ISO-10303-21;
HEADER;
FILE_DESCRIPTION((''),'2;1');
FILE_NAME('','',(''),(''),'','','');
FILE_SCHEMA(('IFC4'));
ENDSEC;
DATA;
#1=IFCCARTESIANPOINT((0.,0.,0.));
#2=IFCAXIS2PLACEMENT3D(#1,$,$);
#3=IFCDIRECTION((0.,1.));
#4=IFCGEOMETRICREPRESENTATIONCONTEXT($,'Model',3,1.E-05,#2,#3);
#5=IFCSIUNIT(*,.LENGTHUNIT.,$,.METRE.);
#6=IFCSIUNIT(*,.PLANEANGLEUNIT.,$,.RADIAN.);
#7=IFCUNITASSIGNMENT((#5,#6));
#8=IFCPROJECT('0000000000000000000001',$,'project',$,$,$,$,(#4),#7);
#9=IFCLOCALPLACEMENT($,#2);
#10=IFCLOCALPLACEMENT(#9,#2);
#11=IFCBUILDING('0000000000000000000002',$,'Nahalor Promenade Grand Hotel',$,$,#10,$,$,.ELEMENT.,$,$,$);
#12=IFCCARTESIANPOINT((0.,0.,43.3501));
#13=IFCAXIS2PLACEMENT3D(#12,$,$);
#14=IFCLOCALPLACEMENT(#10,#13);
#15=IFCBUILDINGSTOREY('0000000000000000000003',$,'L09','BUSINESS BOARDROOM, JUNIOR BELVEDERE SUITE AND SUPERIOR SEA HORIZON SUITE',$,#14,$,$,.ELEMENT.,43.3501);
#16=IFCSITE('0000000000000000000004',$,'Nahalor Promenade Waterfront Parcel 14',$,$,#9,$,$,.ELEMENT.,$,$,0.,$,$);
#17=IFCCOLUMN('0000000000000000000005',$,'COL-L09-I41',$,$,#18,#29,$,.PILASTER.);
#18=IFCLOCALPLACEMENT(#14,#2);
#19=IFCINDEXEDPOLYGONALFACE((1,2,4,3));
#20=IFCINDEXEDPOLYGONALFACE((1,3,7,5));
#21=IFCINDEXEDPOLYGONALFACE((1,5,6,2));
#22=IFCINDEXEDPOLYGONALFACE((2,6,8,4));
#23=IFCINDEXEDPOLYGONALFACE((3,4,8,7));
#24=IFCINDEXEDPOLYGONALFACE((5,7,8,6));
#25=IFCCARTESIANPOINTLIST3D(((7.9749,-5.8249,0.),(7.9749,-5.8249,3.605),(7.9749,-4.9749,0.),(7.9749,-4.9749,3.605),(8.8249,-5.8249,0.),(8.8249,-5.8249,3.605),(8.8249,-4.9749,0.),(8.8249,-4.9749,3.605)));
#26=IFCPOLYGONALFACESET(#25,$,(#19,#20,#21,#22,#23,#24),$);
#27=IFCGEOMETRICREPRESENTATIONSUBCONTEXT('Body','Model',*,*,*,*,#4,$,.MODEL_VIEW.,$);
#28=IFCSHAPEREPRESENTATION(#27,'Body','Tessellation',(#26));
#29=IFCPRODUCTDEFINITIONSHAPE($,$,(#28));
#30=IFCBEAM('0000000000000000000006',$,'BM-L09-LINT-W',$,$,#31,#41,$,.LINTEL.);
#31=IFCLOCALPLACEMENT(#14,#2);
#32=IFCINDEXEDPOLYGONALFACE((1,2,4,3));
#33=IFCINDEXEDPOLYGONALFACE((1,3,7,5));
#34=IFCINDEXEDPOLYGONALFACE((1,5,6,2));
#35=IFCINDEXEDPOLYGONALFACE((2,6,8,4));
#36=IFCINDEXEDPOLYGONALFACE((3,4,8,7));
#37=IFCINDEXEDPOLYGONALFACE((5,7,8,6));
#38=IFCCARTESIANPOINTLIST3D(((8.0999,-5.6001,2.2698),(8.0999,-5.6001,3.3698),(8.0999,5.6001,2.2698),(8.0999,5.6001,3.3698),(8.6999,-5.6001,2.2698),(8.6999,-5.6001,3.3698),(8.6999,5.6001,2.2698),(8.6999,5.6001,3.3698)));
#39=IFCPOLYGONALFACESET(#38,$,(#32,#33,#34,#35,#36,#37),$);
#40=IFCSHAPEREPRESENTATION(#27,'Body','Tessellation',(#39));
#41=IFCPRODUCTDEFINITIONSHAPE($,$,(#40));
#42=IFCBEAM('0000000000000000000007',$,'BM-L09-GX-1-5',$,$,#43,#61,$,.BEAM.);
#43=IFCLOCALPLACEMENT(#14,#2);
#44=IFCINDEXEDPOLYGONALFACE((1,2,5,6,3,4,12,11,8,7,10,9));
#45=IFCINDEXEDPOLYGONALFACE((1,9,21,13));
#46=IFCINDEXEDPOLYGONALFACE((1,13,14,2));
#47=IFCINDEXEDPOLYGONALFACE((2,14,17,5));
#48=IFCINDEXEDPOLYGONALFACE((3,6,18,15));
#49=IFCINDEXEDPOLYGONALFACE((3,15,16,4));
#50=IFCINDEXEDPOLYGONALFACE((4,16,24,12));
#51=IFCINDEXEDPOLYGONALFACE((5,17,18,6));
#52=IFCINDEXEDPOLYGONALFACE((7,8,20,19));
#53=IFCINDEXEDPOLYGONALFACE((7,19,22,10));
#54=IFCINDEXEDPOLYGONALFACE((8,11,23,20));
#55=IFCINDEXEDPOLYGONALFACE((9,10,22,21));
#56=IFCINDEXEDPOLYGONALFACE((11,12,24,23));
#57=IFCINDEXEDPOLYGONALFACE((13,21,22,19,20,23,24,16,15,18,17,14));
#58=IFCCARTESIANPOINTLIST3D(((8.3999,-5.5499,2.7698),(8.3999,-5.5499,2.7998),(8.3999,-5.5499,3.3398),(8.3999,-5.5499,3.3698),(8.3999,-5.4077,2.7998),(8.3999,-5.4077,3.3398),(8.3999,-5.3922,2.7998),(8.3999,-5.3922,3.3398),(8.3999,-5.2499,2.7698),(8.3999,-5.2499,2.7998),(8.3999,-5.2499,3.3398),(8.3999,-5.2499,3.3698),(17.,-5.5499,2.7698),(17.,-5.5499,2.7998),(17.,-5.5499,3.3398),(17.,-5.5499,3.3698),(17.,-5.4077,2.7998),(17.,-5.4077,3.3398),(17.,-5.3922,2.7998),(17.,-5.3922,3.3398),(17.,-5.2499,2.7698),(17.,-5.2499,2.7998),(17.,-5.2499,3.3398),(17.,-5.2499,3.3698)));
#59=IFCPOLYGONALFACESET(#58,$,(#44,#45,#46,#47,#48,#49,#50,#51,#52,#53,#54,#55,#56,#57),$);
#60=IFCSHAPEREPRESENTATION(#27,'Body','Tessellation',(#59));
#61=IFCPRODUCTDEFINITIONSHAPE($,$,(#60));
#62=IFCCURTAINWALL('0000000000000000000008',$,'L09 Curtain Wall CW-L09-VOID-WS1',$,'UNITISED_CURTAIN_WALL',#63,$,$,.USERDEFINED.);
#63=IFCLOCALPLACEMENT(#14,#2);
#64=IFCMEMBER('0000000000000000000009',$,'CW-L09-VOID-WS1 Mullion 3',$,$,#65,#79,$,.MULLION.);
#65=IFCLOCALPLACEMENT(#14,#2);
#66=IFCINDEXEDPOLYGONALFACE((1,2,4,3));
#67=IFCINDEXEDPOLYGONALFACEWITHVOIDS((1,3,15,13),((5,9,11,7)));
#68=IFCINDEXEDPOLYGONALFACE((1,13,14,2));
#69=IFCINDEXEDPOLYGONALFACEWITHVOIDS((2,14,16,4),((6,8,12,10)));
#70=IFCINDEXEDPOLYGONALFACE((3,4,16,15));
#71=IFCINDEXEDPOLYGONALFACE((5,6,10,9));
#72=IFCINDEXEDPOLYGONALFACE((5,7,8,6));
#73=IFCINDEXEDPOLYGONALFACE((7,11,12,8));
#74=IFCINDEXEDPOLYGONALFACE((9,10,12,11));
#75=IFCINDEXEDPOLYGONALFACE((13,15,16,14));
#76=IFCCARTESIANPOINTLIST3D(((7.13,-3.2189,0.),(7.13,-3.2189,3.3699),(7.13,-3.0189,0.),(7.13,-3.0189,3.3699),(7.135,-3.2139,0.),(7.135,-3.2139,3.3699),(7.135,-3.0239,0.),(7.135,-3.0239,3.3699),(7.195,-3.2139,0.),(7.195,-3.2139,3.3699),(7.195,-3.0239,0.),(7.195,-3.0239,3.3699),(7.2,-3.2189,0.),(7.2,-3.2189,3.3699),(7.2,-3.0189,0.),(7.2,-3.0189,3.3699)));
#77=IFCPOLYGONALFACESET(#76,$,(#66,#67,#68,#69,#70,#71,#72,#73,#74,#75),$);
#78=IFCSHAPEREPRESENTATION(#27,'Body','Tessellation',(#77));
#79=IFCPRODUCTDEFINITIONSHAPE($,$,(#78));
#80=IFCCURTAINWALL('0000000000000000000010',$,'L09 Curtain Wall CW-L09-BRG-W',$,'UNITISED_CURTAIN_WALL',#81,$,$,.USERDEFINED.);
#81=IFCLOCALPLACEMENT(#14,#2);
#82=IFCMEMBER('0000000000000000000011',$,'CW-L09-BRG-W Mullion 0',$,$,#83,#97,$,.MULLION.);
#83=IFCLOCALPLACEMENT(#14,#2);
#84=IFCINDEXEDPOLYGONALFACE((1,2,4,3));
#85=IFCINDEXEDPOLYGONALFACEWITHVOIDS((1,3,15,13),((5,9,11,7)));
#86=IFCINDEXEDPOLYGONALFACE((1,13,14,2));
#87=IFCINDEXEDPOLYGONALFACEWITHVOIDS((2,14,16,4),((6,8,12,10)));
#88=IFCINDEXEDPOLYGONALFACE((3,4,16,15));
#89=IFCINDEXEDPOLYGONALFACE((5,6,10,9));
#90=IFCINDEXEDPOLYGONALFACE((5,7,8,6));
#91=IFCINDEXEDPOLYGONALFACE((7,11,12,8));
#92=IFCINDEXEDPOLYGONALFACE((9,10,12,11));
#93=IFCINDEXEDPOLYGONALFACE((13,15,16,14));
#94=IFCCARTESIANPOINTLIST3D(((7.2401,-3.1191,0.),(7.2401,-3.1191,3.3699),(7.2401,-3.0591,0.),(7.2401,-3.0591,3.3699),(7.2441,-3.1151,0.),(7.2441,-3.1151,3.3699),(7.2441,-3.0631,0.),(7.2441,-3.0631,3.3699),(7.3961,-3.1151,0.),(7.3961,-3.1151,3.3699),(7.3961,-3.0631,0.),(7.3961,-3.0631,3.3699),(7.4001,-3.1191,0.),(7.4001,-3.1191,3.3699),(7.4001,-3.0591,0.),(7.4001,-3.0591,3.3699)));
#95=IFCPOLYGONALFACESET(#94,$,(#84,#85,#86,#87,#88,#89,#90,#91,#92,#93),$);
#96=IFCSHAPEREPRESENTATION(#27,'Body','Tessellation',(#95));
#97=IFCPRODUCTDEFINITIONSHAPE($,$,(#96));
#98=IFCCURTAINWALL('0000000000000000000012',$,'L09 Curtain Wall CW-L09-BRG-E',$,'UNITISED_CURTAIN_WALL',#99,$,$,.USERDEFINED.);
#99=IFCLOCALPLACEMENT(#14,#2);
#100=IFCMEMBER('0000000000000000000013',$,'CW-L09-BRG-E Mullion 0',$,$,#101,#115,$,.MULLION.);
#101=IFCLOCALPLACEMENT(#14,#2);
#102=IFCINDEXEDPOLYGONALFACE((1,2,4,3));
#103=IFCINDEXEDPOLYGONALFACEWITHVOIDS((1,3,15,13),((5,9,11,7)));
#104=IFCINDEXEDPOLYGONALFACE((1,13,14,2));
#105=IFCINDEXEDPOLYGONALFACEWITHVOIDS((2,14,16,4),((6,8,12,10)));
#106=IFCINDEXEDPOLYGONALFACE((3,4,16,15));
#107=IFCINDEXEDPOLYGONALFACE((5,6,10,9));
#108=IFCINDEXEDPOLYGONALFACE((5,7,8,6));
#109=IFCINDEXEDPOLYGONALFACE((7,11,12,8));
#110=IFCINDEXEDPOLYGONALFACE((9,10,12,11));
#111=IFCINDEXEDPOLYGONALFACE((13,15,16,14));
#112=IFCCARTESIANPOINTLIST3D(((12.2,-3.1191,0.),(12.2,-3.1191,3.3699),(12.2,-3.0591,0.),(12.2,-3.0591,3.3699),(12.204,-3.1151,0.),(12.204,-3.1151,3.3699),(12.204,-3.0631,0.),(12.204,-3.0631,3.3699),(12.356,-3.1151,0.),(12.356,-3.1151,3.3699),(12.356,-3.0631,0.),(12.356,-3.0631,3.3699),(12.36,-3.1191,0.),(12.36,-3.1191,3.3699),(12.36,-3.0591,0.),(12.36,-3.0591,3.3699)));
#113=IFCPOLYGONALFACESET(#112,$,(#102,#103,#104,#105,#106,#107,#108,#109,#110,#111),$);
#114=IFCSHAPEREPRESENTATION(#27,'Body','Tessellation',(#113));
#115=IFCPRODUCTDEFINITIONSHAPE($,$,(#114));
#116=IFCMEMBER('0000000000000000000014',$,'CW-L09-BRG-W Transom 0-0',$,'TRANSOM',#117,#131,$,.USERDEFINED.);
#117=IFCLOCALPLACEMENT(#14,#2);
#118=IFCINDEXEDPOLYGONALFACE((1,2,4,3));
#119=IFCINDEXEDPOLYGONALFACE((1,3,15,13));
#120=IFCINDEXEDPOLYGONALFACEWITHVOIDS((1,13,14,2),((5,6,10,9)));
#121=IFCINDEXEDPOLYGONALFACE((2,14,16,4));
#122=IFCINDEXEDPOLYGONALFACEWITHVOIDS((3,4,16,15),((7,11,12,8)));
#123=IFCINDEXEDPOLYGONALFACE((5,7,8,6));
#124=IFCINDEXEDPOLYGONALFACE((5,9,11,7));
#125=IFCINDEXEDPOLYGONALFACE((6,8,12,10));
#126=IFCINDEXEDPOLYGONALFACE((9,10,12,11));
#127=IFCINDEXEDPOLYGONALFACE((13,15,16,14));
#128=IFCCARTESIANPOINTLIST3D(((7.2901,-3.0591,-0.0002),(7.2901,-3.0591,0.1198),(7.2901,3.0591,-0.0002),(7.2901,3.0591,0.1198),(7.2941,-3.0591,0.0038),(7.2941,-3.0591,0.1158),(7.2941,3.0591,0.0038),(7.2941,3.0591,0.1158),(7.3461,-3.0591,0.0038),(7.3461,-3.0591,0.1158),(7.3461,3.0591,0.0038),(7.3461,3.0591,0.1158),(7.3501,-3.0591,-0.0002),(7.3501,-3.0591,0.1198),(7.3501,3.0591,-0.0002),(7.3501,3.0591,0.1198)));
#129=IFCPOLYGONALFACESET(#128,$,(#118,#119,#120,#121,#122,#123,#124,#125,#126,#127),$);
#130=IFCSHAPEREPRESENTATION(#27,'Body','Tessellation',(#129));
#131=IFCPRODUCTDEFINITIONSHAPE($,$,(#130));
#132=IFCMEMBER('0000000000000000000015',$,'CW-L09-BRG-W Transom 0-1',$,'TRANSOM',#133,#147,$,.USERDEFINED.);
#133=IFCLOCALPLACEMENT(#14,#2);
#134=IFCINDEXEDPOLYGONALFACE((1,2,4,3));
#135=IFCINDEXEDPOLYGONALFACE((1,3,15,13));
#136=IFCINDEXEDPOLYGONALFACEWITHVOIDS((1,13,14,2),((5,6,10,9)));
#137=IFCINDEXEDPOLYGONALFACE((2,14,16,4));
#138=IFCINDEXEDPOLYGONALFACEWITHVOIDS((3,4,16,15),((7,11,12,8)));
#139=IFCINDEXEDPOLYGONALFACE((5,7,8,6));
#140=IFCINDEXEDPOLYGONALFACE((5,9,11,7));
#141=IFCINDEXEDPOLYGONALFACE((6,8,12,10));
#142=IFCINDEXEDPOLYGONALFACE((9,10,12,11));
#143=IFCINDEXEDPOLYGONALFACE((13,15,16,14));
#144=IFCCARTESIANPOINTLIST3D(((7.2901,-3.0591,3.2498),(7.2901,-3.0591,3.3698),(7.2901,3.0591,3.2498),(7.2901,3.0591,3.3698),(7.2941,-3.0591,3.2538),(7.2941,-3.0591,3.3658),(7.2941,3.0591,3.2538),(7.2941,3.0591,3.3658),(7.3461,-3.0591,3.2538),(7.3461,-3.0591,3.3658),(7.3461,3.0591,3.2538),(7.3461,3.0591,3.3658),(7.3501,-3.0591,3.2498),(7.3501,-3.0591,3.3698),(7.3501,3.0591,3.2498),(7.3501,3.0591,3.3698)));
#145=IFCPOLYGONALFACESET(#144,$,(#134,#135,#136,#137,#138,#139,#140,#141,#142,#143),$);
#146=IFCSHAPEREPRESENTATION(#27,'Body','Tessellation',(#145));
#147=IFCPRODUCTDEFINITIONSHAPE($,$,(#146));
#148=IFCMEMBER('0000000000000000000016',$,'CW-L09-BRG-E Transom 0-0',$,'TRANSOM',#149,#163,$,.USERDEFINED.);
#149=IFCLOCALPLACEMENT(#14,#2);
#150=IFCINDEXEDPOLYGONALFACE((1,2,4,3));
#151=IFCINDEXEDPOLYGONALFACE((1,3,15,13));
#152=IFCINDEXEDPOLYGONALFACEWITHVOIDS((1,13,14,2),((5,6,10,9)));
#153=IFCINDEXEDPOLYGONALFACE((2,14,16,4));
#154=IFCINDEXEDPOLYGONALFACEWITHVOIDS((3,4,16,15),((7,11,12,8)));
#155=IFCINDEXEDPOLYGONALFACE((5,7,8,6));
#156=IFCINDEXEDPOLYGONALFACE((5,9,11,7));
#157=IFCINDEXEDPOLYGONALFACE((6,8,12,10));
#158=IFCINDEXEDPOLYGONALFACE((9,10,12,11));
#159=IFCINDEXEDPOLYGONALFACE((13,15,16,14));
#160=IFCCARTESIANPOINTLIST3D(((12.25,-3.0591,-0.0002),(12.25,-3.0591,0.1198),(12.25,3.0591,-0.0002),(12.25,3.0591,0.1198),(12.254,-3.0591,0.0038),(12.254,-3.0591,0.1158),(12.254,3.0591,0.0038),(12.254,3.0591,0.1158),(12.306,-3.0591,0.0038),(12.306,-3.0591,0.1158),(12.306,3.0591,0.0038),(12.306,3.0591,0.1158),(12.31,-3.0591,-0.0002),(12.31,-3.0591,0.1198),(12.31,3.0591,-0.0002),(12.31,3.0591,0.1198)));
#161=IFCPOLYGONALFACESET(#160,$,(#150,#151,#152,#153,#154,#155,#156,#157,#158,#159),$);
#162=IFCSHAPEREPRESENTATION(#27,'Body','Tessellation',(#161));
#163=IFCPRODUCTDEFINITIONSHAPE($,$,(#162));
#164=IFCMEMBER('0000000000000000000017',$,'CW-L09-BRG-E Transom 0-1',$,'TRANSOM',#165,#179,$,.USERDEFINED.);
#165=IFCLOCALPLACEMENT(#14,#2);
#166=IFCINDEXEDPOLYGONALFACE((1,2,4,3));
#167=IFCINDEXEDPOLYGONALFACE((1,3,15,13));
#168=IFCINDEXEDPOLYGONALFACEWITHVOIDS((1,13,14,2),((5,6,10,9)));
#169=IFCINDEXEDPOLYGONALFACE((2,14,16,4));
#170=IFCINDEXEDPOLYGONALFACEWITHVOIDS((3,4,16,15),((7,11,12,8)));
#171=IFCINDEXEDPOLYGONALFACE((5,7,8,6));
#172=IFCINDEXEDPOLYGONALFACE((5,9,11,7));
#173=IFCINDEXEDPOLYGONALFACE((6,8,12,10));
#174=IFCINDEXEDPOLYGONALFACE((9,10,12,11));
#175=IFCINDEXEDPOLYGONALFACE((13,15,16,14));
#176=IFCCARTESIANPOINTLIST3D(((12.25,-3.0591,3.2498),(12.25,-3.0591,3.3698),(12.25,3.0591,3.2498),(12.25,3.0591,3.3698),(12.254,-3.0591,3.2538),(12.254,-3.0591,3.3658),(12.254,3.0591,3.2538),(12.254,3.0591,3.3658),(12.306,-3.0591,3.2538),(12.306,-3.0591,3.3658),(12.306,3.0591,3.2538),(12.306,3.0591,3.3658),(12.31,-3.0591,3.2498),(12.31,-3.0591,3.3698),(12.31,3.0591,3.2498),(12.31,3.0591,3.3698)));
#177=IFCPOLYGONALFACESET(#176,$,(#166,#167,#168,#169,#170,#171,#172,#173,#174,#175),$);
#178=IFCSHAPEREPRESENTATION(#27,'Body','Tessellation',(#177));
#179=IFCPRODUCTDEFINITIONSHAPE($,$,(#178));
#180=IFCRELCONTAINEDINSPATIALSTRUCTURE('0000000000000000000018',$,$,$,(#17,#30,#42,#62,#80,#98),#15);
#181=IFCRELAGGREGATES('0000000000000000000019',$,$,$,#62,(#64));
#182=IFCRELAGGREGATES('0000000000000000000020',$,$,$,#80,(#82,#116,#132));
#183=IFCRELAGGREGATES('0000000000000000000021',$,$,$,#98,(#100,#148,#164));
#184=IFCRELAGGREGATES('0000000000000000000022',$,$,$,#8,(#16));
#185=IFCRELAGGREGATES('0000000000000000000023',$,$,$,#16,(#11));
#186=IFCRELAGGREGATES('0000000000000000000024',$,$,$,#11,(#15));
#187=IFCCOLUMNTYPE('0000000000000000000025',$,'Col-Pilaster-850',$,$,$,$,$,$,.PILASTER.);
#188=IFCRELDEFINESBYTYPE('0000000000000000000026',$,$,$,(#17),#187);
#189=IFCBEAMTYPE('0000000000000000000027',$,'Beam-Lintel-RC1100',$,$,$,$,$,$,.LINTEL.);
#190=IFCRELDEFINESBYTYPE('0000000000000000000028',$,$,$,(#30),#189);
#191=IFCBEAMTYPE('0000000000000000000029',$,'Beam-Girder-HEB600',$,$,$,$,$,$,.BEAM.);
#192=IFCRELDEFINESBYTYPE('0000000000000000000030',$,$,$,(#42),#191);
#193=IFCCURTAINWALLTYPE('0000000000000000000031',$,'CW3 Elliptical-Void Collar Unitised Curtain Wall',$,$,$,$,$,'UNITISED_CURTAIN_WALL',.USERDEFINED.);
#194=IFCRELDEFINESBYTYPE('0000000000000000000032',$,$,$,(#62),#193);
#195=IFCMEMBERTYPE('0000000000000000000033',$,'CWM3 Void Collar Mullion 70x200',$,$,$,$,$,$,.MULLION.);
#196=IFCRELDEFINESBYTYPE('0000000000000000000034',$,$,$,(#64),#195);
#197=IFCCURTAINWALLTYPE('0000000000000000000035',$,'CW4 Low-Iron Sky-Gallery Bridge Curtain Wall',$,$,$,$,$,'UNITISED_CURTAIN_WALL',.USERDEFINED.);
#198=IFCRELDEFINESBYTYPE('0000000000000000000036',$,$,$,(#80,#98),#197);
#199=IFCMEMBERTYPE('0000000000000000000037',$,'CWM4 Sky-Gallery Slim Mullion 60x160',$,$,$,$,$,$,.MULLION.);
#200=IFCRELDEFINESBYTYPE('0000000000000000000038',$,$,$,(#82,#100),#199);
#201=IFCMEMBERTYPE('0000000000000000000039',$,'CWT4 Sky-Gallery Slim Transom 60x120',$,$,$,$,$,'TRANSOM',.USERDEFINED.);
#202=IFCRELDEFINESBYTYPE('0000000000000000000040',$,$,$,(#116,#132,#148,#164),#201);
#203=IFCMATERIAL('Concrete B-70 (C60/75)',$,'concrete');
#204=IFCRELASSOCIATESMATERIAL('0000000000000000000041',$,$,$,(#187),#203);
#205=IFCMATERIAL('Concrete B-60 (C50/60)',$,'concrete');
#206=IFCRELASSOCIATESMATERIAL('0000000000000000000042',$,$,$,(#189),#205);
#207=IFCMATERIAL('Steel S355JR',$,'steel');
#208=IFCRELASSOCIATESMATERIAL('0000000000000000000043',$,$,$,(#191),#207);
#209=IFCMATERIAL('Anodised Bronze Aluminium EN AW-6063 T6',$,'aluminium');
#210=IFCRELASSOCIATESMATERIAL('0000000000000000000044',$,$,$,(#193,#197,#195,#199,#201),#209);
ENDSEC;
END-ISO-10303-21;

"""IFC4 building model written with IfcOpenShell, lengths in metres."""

from ifc_helpers import new_model, si_unit, direction, frame, origin, origin_2d, place, context, subcontext, project, spatial, rectangle, hollow_rectangle, i_section, extrude, source, transform, mapped, material, material_profile, profile_set, type_object, element, aggregate, save


model = new_model("IFC4")

# Units and contexts
model_context = context("Model", 3, precision=1e-05, world=origin(), true_north=direction((0.0, 1.0)))
body_context = subcontext(model_context, "Body", "Model", "MODEL_VIEW")
ifc_project = project(units=[si_unit("LENGTHUNIT", "METRE"), si_unit("PLANEANGLEUNIT", "RADIAN")], contexts=[model_context])

# Site, building, storey
site_placement = place(None, origin())
site = spatial("IfcSite", under=ifc_project, at=site_placement, Name="Nahalor Promenade Waterfront Parcel 14", CompositionType="ELEMENT", RefElevation=0.0)
building_placement = place(site_placement, origin())
building = spatial("IfcBuilding", under=site, at=building_placement, Name="Nahalor Promenade Grand Hotel", CompositionType="ELEMENT")
storey_placement = place(building_placement, frame((0.0, 0.0, 43.3501)))
storey = spatial("IfcBuildingStorey", under=building, at=storey_placement, Name="L09", Description="BUSINESS BOARDROOM, JUNIOR BELVEDERE SUITE AND SUPERIOR SEA HORIZON SUITE", CompositionType="ELEMENT", Elevation=43.3501)

# Column
ifc_material_1 = material(Name="Concrete B-70 (C60/75)", Category="concrete")
ifc_material_profile_1 = material_profile(ifc_material_1, rectangle(XDim=0.85, YDim=0.85, at=origin_2d()), Name="RC 850x850")
ifc_profile_set_1 = profile_set([ifc_material_profile_1], Name="Concrete B-70 (C60/75)")
column_type = type_object("IfcColumnType", Name="Col-Pilaster-850", PredefinedType="PILASTER", material=ifc_profile_set_1)
shared_shape_1 = source(origin(), body_context, "Body", "SweptSolid", [
    extrude(rectangle(XDim=0.85, YDim=0.85, at=origin_2d()), origin(), (0.0, 0.0, 1.0), 3.605),
])
column_placement = place(storey_placement, frame((8.3999, -5.3999, 0.0), z_axis=(0.0, 0.0, 1.0), x_axis=(1.0, 0.0, 0.0)))
element("IfcColumn", 1, at=column_placement, inside=storey, type_object=column_type, Name="COL-L09-I41", PredefinedType="PILASTER", context=body_context, shape_type="MappedRepresentation", body=[
    mapped(shared_shape_1, transform((0.0, 0.0, 0.0), scale=1.0)),
])

# Beams
ifc_material_2 = material(Name="Concrete B-60 (C50/60)", Category="concrete")
ifc_material_profile_2 = material_profile(ifc_material_2, rectangle(XDim=0.6, YDim=1.1, at=origin_2d()), Name="RC 600x1100")
ifc_profile_set_2 = profile_set([ifc_material_profile_2], Name="Concrete B-60 (C50/60)")
beam_type_1 = type_object("IfcBeamType", Name="Beam-Lintel-RC1100", PredefinedType="LINTEL", material=ifc_profile_set_2)
shared_shape_2 = source(origin(), body_context, "Body", "SweptSolid", [
    extrude(rectangle(XDim=0.6, YDim=1.1, at=origin_2d()), origin(), (0.0, 0.0, 1.0), 11.2002),
])
beam_1_placement = place(storey_placement, frame((8.3999, -5.6001, 2.8198), z_axis=(0.0, 1.0, 0.0), x_axis=(-1.0, 0.0, 0.0)))
element("IfcBeam", 2, at=beam_1_placement, inside=storey, type_object=beam_type_1, Name="BM-L09-LINT-W", PredefinedType="LINTEL", context=body_context, shape_type="MappedRepresentation", body=[
    mapped(shared_shape_2, transform((0.0, 0.0, 0.0), scale=1.0)),
])
ifc_material_3 = material(Name="Steel S355JR", Category="steel")
ifc_material_profile_3 = material_profile(ifc_material_3, i_section(OverallWidth=0.3, OverallDepth=0.6, WebThickness=0.0155, FlangeThickness=0.03, at=origin_2d()), Name="HEB 600")
ifc_profile_set_3 = profile_set([ifc_material_profile_3], Name="Steel S355JR")
beam_type_2 = type_object("IfcBeamType", Name="Beam-Girder-HEB600", PredefinedType="BEAM", material=ifc_profile_set_3)
shared_shape_3 = source(origin(), body_context, "Body", "SweptSolid", [
    extrude(i_section(OverallWidth=0.3, OverallDepth=0.6, WebThickness=0.0155, FlangeThickness=0.03, at=origin_2d()), origin(), (0.0, 0.0, 1.0), 8.6001),
])
beam_2_placement = place(storey_placement, frame((8.3999, -5.3999, 3.0698), z_axis=(1.0, 0.0, 0.0), x_axis=(0.0, 1.0, 0.0)))
element("IfcBeam", 3, at=beam_2_placement, inside=storey, type_object=beam_type_2, Name="BM-L09-GX-1-5", PredefinedType="BEAM", context=body_context, shape_type="MappedRepresentation", body=[
    mapped(shared_shape_3, transform((0.0, 0.0, 0.0), scale=1.0)),
])

# Curtain walls, members
ifc_material_4 = material(Name="Anodised Bronze Aluminium EN AW-6063 T6", Category="aluminium")
curtain_wall_type_1 = type_object("IfcCurtainWallType", Name="CW3 Elliptical-Void Collar Unitised Curtain Wall", ElementType="UNITISED_CURTAIN_WALL", PredefinedType="USERDEFINED", material=ifc_material_4)
curtain_wall_1_placement = place(storey_placement, origin())
curtain_wall_1 = element("IfcCurtainWall", 4, at=curtain_wall_1_placement, inside=storey, type_object=curtain_wall_type_1, Name="L09 Curtain Wall CW-L09-VOID-WS1", ObjectType="UNITISED_CURTAIN_WALL", PredefinedType="USERDEFINED")
ifc_material_profile_4 = material_profile(ifc_material_4, hollow_rectangle(XDim=0.07, YDim=0.2, WallThickness=0.005, at=origin_2d()), Name="CWM 70x200x5")
ifc_profile_set_4 = profile_set([ifc_material_profile_4], Name="Anodised Bronze Aluminium EN AW-6063 T6")
member_type_1 = type_object("IfcMemberType", Name="CWM3 Void Collar Mullion 70x200", PredefinedType="MULLION", material=ifc_profile_set_4)
shared_shape_4 = source(origin(), body_context, "Body", "SweptSolid", [
    extrude(hollow_rectangle(XDim=0.07, YDim=0.2, WallThickness=0.005, at=origin_2d()), origin(), (0.0, 0.0, 1.0), 3.3699),
])
member_1_placement = place(storey_placement, frame((7.165, -3.1189, 0.0), z_axis=(0.0, 0.0, 1.0), x_axis=(1.0, 0.0, 0.0)))
member_1 = element("IfcMember", 5, at=member_1_placement, type_object=member_type_1, Name="CW-L09-VOID-WS1 Mullion 3", PredefinedType="MULLION", context=body_context, shape_type="MappedRepresentation", body=[
    mapped(shared_shape_4, transform((0.0, 0.0, 0.0), scale=1.0)),
])
aggregate(curtain_wall_1, [member_1])
curtain_wall_type_2 = type_object("IfcCurtainWallType", Name="CW4 Low-Iron Sky-Gallery Bridge Curtain Wall", ElementType="UNITISED_CURTAIN_WALL", PredefinedType="USERDEFINED", material=ifc_material_4)
curtain_wall_2_placement = place(storey_placement, origin())
curtain_wall_2 = element("IfcCurtainWall", 6, at=curtain_wall_2_placement, inside=storey, type_object=curtain_wall_type_2, Name="L09 Curtain Wall CW-L09-BRG-W", ObjectType="UNITISED_CURTAIN_WALL", PredefinedType="USERDEFINED")
ifc_material_profile_5 = material_profile(ifc_material_4, hollow_rectangle(XDim=0.06, YDim=0.16, WallThickness=0.004, at=origin_2d()), Name="CWM 60x160x4")
ifc_profile_set_5 = profile_set([ifc_material_profile_5], Name="Anodised Bronze Aluminium EN AW-6063 T6")
member_type_2 = type_object("IfcMemberType", Name="CWM4 Sky-Gallery Slim Mullion 60x160", PredefinedType="MULLION", material=ifc_profile_set_5)
shared_shape_5 = source(origin(), body_context, "Body", "SweptSolid", [
    extrude(hollow_rectangle(XDim=0.06, YDim=0.16, WallThickness=0.004, at=origin_2d()), origin(), (0.0, 0.0, 1.0), 3.3699),
])
member_2_placement = place(storey_placement, frame((7.3201, -3.0891, 0.0), z_axis=(0.0, 0.0, 1.0), x_axis=(0.0, 1.0, 0.0)))
member_2 = element("IfcMember", 7, at=member_2_placement, type_object=member_type_2, Name="CW-L09-BRG-W Mullion 0", PredefinedType="MULLION", context=body_context, shape_type="MappedRepresentation", body=[
    mapped(shared_shape_5, transform((0.0, 0.0, 0.0), scale=1.0)),
])
curtain_wall_3_placement = place(storey_placement, origin())
curtain_wall_3 = element("IfcCurtainWall", 8, at=curtain_wall_3_placement, inside=storey, type_object=curtain_wall_type_2, Name="L09 Curtain Wall CW-L09-BRG-E", ObjectType="UNITISED_CURTAIN_WALL", PredefinedType="USERDEFINED")
member_3_placement = place(storey_placement, frame((12.28, -3.0891, 0.0), z_axis=(0.0, 0.0, 1.0), x_axis=(0.0, 1.0, 0.0)))
member_3 = element("IfcMember", 9, at=member_3_placement, type_object=member_type_2, Name="CW-L09-BRG-E Mullion 0", PredefinedType="MULLION", context=body_context, shape_type="MappedRepresentation", body=[
    mapped(shared_shape_5, transform((0.0, 0.0, 0.0), scale=1.0)),
])

# Members
ifc_material_profile_6 = material_profile(ifc_material_4, hollow_rectangle(XDim=0.06, YDim=0.12, WallThickness=0.004, at=origin_2d()), Name="CWT 60x120x4")
ifc_profile_set_6 = profile_set([ifc_material_profile_6], Name="Anodised Bronze Aluminium EN AW-6063 T6")
member_type_3 = type_object("IfcMemberType", Name="CWT4 Sky-Gallery Slim Transom 60x120", ElementType="TRANSOM", PredefinedType="USERDEFINED", material=ifc_profile_set_6)
shared_shape_6 = source(origin(), body_context, "Body", "SweptSolid", [
    extrude(hollow_rectangle(XDim=0.06, YDim=0.12, WallThickness=0.004, at=origin_2d()), origin(), (0.0, 0.0, 1.0), 6.1182),
])
member_4_placement = place(storey_placement, frame((7.3201, -3.0591, 0.0598), z_axis=(0.0, 1.0, 0.0), x_axis=(-1.0, 0.0, 0.0)))
member_4 = element("IfcMember", 10, at=member_4_placement, type_object=member_type_3, Name="CW-L09-BRG-W Transom 0-0", ObjectType="TRANSOM", PredefinedType="USERDEFINED", context=body_context, shape_type="MappedRepresentation", body=[
    mapped(shared_shape_6, transform((0.0, 0.0, 0.0), scale=1.0)),
])
member_5_placement = place(storey_placement, frame((7.3201, -3.0591, 3.3098), z_axis=(0.0, 1.0, 0.0), x_axis=(-1.0, 0.0, 0.0)))
member_5 = element("IfcMember", 11, at=member_5_placement, type_object=member_type_3, Name="CW-L09-BRG-W Transom 0-1", ObjectType="TRANSOM", PredefinedType="USERDEFINED", context=body_context, shape_type="MappedRepresentation", body=[
    mapped(shared_shape_6, transform((0.0, 0.0, 0.0), scale=1.0)),
])
member_6_placement = place(storey_placement, frame((12.28, -3.0591, 0.0598), z_axis=(0.0, 1.0, 0.0), x_axis=(-1.0, 0.0, 0.0)))
member_6 = element("IfcMember", 12, at=member_6_placement, type_object=member_type_3, Name="CW-L09-BRG-E Transom 0-0", ObjectType="TRANSOM", PredefinedType="USERDEFINED", context=body_context, shape_type="MappedRepresentation", body=[
    mapped(shared_shape_6, transform((0.0, 0.0, 0.0), scale=1.0)),
])
member_7_placement = place(storey_placement, frame((12.28, -3.0591, 3.3098), z_axis=(0.0, 1.0, 0.0), x_axis=(-1.0, 0.0, 0.0)))
member_7 = element("IfcMember", 13, at=member_7_placement, type_object=member_type_3, Name="CW-L09-BRG-E Transom 0-1", ObjectType="TRANSOM", PredefinedType="USERDEFINED", context=body_context, shape_type="MappedRepresentation", body=[
    mapped(shared_shape_6, transform((0.0, 0.0, 0.0), scale=1.0)),
])

aggregate(curtain_wall_2, [member_2, member_4, member_5])
aggregate(curtain_wall_3, [member_3, member_6, member_7])

save(model, "model.ifc")
